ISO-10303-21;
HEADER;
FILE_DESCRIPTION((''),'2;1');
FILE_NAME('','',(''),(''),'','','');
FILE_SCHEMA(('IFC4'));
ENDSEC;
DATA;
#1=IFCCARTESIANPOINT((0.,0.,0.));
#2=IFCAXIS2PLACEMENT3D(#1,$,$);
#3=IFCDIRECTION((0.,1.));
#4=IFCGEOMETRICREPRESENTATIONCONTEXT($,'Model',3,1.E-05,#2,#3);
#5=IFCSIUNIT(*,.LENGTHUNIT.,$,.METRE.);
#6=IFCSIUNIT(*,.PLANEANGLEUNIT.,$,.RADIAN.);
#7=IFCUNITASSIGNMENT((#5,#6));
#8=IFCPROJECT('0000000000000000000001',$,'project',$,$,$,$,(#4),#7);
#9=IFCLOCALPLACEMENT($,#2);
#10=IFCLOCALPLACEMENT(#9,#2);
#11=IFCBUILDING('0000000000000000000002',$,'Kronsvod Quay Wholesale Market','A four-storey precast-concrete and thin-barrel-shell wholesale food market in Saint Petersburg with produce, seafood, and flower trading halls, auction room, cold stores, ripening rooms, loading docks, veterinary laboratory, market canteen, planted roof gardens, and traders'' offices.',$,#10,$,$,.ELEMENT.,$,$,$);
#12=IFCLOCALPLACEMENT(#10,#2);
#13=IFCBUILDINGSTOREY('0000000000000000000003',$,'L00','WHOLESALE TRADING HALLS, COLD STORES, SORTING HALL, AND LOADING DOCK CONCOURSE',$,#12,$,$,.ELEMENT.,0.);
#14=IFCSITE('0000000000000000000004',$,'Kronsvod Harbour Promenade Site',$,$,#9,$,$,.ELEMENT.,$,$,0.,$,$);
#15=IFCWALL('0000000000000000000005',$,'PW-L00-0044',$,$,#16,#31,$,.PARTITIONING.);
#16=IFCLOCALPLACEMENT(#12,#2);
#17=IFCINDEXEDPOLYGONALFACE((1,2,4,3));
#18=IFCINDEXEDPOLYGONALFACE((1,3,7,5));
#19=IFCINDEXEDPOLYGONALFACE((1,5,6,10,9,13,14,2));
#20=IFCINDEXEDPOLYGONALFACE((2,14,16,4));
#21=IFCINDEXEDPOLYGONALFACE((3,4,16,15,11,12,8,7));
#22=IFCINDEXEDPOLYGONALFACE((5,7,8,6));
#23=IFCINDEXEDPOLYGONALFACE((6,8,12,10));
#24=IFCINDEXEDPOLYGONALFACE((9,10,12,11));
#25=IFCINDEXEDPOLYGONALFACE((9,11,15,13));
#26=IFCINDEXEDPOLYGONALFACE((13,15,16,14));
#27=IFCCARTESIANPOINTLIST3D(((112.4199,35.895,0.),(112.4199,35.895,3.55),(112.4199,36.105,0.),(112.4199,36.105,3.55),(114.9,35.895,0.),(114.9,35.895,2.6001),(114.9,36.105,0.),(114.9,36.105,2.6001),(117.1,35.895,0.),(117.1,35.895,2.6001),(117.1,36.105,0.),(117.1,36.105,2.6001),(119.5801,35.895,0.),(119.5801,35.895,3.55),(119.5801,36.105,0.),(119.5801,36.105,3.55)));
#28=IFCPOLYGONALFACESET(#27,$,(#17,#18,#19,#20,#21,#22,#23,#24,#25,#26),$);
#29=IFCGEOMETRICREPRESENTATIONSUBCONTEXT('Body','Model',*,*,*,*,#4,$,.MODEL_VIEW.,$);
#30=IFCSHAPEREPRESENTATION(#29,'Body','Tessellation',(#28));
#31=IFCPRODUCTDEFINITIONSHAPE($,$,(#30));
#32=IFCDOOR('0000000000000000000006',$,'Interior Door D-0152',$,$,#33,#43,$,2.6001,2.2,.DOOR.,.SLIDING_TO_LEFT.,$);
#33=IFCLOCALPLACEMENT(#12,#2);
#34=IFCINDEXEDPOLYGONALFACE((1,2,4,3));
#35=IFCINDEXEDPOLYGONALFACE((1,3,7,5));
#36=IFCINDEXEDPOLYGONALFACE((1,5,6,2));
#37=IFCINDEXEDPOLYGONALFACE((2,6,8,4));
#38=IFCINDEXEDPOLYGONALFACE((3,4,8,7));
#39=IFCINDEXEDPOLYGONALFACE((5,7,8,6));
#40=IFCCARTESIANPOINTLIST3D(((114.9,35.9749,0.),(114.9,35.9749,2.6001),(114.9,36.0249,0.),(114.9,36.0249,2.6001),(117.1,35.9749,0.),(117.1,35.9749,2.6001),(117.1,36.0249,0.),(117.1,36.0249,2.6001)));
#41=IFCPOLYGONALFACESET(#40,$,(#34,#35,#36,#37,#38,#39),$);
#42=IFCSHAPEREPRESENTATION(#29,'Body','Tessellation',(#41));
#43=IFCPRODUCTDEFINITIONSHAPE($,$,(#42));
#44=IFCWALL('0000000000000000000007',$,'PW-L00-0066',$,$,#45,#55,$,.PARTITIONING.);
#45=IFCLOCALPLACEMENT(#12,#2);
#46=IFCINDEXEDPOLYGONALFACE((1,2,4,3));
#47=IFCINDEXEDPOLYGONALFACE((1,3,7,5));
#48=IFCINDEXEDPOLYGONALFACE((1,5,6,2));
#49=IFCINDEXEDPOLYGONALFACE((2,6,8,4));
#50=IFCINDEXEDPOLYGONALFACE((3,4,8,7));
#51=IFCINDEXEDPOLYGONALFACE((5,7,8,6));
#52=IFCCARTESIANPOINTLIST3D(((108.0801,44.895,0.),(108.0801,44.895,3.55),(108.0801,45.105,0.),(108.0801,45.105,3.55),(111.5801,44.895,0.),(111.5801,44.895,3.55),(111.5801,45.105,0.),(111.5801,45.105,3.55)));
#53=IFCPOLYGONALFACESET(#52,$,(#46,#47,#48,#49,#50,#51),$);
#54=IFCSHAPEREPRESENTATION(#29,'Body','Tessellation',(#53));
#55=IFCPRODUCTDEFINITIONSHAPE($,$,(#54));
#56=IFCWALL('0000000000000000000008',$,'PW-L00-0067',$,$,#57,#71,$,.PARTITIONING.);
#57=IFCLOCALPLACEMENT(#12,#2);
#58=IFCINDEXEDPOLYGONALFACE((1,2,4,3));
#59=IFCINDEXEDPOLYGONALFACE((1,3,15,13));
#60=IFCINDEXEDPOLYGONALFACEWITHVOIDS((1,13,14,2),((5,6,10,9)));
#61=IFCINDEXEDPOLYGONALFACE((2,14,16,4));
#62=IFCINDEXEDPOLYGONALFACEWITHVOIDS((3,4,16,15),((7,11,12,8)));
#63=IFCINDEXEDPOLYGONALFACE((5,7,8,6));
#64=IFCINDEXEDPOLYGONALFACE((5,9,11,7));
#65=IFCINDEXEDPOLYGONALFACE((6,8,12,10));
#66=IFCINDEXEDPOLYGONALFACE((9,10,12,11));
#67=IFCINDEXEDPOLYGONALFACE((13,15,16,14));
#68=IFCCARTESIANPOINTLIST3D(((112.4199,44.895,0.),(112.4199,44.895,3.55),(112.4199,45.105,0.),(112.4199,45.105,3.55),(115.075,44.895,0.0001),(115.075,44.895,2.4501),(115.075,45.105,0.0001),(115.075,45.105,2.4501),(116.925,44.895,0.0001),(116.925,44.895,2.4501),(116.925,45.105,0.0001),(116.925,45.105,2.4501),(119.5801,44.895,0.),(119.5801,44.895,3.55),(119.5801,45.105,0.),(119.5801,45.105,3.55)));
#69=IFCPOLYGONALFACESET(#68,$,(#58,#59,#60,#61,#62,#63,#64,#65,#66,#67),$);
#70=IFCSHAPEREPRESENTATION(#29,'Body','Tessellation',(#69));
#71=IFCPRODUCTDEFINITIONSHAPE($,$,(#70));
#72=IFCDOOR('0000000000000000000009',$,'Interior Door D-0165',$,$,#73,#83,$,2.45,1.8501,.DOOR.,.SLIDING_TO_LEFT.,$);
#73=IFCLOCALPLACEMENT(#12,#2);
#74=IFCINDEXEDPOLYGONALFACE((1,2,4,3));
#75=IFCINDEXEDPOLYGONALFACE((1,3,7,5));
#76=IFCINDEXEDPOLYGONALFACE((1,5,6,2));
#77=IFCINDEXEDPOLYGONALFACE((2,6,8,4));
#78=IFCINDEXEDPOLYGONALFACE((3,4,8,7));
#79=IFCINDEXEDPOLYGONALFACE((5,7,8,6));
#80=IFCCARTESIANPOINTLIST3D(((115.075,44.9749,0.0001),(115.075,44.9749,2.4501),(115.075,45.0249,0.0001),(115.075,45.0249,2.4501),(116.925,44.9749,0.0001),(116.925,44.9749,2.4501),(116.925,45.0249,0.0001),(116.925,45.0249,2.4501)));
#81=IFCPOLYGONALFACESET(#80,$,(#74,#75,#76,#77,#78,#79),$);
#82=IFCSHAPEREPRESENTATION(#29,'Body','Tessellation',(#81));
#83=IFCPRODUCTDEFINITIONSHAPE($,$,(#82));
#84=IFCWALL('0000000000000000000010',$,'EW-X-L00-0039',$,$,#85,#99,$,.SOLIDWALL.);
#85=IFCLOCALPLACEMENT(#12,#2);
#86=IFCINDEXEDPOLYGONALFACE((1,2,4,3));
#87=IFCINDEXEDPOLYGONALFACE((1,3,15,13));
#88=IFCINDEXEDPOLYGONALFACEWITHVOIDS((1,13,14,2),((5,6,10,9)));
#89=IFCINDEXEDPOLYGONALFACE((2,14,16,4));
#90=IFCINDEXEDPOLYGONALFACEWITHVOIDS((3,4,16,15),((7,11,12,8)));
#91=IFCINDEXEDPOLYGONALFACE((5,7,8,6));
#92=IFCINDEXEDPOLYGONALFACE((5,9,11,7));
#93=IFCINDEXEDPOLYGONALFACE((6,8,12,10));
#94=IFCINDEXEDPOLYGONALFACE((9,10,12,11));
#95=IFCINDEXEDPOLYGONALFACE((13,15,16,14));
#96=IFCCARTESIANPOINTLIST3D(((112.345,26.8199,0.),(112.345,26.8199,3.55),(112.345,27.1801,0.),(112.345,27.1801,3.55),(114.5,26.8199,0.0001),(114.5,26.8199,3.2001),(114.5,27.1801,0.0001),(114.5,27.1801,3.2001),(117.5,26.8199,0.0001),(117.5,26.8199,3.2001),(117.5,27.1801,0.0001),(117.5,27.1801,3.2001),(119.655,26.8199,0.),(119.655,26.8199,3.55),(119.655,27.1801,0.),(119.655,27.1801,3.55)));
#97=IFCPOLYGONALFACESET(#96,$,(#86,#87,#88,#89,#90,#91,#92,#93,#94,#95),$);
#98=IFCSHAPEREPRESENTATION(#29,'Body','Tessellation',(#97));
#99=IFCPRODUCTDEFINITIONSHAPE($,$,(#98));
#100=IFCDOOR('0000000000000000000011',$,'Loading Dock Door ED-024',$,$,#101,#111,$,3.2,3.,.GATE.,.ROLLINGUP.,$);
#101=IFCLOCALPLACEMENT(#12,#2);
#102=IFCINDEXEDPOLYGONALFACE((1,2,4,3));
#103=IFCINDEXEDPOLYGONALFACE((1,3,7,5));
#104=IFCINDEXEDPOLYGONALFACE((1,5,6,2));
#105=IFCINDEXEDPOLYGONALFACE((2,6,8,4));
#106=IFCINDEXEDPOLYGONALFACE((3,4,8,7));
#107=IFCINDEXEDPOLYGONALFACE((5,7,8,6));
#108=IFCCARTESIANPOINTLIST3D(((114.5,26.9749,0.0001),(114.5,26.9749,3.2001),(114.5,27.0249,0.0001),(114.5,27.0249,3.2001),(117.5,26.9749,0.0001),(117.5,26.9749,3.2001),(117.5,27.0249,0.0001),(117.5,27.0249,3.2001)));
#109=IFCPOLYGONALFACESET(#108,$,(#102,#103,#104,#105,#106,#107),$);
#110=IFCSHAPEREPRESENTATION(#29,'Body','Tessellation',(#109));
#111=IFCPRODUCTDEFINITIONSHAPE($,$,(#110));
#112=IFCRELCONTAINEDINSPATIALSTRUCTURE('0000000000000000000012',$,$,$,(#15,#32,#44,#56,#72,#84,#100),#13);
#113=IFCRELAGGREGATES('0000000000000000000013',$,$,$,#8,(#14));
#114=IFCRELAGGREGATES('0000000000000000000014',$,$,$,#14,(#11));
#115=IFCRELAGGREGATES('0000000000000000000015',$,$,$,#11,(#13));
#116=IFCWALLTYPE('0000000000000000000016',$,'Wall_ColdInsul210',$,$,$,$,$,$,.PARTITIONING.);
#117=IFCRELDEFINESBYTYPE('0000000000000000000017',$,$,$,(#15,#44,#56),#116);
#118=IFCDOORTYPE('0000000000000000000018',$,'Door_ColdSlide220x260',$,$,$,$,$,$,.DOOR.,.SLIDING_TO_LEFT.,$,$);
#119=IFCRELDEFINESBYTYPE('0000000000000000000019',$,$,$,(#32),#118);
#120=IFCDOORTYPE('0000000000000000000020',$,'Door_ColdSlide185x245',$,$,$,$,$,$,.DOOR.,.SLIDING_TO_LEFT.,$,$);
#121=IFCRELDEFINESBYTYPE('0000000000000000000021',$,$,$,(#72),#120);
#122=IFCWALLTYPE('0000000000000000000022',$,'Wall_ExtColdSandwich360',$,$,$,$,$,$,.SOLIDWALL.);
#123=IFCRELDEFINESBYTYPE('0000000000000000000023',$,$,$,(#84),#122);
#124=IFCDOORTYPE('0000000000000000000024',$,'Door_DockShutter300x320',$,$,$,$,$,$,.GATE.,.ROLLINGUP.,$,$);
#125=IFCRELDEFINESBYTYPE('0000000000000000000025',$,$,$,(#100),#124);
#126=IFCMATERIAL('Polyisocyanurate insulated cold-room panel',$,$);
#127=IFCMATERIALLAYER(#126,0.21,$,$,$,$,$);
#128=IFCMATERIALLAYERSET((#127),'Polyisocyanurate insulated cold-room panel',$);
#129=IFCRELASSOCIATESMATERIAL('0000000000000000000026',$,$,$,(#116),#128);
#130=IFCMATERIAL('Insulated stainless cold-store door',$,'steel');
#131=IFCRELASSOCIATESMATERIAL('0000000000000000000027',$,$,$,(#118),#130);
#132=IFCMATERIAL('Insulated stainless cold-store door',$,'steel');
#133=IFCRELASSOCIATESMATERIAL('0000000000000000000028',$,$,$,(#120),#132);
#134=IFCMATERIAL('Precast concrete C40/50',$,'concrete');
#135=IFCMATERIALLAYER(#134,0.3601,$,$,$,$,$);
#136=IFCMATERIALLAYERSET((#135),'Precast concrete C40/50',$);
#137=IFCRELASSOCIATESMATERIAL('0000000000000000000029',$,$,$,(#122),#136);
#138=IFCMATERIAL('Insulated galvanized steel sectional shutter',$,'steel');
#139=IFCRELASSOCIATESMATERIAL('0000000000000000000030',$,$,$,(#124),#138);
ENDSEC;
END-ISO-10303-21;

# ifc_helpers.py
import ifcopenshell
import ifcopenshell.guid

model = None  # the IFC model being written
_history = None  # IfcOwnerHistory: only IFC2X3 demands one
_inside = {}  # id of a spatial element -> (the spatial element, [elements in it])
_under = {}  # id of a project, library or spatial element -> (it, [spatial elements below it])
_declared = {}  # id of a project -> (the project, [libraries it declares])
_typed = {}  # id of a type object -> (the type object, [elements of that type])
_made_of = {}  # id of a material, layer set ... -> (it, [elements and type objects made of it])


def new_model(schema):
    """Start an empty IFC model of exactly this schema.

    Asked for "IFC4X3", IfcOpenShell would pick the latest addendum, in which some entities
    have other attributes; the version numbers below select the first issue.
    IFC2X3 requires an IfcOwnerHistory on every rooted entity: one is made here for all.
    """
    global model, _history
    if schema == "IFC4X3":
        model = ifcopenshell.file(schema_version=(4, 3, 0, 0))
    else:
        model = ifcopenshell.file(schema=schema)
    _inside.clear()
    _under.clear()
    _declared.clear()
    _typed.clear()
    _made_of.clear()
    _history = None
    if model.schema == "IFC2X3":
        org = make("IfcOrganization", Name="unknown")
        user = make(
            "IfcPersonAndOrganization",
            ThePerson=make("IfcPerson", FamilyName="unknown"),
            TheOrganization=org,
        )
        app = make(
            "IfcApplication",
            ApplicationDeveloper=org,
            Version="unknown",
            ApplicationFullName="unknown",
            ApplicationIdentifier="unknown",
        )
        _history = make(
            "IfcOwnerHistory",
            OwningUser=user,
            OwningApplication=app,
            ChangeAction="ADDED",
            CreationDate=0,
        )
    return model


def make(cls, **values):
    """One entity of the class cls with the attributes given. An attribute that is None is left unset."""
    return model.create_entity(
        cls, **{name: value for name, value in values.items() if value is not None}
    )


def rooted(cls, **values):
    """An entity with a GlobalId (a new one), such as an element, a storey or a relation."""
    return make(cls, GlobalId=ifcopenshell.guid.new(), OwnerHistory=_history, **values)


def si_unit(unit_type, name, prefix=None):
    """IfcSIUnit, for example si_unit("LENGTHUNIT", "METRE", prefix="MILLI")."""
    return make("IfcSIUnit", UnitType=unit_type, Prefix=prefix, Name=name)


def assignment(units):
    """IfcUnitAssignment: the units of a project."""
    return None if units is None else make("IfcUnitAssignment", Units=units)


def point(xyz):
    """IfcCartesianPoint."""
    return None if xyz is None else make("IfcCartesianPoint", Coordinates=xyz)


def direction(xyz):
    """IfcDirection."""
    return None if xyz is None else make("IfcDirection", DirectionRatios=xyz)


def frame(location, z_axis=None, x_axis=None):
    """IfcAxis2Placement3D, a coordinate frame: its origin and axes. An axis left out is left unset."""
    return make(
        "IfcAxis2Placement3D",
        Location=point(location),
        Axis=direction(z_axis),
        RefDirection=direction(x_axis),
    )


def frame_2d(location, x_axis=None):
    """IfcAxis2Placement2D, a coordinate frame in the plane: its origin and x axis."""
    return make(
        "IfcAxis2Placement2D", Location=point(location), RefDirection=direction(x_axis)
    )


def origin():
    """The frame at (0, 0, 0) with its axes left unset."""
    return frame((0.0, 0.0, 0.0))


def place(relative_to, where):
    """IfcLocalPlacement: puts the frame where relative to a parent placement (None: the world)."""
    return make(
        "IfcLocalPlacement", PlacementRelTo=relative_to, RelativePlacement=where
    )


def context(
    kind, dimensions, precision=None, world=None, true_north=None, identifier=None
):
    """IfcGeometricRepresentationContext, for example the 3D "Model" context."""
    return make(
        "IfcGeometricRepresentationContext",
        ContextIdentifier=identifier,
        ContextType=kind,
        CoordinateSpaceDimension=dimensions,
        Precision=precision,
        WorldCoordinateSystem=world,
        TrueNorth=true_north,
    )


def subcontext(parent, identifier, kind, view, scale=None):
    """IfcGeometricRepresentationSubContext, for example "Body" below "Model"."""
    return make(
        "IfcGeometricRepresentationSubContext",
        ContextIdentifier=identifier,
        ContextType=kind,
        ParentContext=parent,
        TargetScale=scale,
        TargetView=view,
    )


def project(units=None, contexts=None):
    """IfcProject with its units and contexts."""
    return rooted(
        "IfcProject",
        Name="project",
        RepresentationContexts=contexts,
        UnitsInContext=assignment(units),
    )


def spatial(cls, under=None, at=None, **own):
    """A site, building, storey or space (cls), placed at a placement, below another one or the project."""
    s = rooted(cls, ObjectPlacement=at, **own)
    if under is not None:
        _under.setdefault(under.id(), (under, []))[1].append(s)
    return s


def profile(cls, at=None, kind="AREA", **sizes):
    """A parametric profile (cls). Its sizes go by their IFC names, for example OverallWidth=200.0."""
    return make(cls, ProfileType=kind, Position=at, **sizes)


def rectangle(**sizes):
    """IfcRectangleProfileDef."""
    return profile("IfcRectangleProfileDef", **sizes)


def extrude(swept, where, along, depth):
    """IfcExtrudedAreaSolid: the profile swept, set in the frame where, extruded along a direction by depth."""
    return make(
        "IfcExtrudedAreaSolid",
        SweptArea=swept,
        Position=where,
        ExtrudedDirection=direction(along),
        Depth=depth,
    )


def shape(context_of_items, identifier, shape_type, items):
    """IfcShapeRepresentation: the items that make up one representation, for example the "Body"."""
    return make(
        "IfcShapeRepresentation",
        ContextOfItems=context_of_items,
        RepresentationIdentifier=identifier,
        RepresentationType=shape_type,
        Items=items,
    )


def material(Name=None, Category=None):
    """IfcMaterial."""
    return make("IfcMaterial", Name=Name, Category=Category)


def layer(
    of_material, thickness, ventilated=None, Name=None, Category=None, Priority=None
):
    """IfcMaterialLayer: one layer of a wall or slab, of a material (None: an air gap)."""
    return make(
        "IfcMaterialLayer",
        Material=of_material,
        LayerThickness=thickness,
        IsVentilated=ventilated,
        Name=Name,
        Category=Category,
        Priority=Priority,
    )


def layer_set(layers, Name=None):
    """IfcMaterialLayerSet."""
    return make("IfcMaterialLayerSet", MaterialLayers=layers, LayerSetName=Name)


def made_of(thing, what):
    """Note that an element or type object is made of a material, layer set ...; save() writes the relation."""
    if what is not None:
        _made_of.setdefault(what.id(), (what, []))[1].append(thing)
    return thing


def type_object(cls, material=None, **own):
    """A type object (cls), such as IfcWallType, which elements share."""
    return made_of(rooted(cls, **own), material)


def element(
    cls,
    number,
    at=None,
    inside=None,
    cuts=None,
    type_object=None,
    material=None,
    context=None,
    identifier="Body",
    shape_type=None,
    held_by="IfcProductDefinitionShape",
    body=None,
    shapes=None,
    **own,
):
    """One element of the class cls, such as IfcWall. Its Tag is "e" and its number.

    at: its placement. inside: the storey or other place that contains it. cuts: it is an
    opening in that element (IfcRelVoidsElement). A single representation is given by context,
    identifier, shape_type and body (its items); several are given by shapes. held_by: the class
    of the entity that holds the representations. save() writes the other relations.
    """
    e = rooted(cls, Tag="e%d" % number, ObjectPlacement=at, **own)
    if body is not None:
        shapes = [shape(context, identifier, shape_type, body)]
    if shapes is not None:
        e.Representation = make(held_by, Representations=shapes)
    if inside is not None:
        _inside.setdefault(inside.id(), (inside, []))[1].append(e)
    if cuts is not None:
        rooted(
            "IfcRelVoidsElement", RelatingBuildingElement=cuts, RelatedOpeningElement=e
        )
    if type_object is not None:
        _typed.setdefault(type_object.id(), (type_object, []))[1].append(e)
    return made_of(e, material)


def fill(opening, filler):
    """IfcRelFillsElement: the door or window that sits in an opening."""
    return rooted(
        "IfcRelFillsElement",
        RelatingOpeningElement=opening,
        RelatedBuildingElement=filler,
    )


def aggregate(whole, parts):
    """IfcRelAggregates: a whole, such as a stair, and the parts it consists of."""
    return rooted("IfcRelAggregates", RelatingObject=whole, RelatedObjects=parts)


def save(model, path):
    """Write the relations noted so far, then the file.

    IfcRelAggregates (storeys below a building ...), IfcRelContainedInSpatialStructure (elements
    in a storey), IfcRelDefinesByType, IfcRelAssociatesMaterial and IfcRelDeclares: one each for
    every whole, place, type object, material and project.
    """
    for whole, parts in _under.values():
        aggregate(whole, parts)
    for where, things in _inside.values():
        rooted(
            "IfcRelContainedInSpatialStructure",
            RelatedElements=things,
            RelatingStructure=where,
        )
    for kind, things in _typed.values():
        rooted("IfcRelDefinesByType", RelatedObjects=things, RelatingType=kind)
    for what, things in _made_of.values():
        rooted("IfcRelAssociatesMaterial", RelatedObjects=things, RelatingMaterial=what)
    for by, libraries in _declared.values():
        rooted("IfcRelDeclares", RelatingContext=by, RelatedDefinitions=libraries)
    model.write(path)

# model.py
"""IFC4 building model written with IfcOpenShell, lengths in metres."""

from ifc_helpers import new_model, si_unit, direction, frame, frame_2d, origin, place, context, subcontext, project, spatial, rectangle, extrude, material, layer, layer_set, type_object, element, fill, save


model = new_model("IFC4")

# Units and contexts
model_context = context("Model", 3, precision=1e-05, world=origin(), true_north=direction((0.0, 1.0)))
body_context = subcontext(model_context, "Body", "Model", "MODEL_VIEW")
ifc_project = project(units=[si_unit("LENGTHUNIT", "METRE"), si_unit("PLANEANGLEUNIT", "RADIAN")], contexts=[model_context])

# Site, building, storey
site_placement = place(None, origin())
site = spatial("IfcSite", under=ifc_project, at=site_placement, Name="Kronsvod Harbour Promenade Site", CompositionType="ELEMENT", RefElevation=0.0)
building_placement = place(site_placement, origin())
building = spatial("IfcBuilding", under=site, at=building_placement, Name="Kronsvod Quay Wholesale Market", Description="A four-storey precast-concrete and thin-barrel-shell wholesale food market in Saint Petersburg with produce, seafood, and flower trading halls, auction room, cold stores, ripening rooms, loading docks, veterinary laboratory, market canteen, planted roof gardens, and traders' offices.", CompositionType="ELEMENT")
storey_placement = place(building_placement, origin())
storey = spatial("IfcBuildingStorey", under=building, at=storey_placement, Name="L00", Description="WHOLESALE TRADING HALLS, COLD STORES, SORTING HALL, AND LOADING DOCK CONCOURSE", CompositionType="ELEMENT", Elevation=0.0)

# Shared definitions
ifc_material_1 = material(Name="Polyisocyanurate insulated cold-room panel")
ifc_layer_1 = layer(ifc_material_1, 0.21)
ifc_layer_set_1 = layer_set([ifc_layer_1], Name="Polyisocyanurate insulated cold-room panel")
wall_type_1 = type_object("IfcWallType", Name="Wall_ColdInsul210", PredefinedType="PARTITIONING", material=ifc_layer_set_1)

# Wall, opening, door
wall_1_placement = place(storey_placement, frame((112.4199, 36.0, 0.0), z_axis=(0.0, 0.0, 1.0), x_axis=(1.0, 0.0, 0.0)))
wall_1 = element("IfcWall", 1, at=wall_1_placement, inside=storey, type_object=wall_type_1, Name="PW-L00-0044", PredefinedType="PARTITIONING", context=body_context, shape_type="SweptSolid", body=[
    extrude(rectangle(XDim=7.1602, YDim=0.21, at=frame_2d((3.5801, 0.0))), origin(), (0.0, 0.0, 1.0), 3.55),
])
opening_1_placement = place(wall_1_placement, frame((2.48, 0.0, 0.0)))
opening_1 = element("IfcOpeningElement", 2, at=opening_1_placement, cuts=wall_1, PredefinedType="OPENING", context=body_context, shape_type="SweptSolid", body=[
    extrude(rectangle(XDim=2.2, YDim=2.6001, at=frame_2d((1.1001, 1.3))), frame((0.0, 0.115, 0.0), z_axis=(0.0, -1.0, 0.0), x_axis=(1.0, 0.0, 0.0)), (0.0, 0.0, 1.0), 0.23),
])
ifc_material_2 = material(Name="Insulated stainless cold-store door", Category="steel")
door_type_1 = type_object("IfcDoorType", Name="Door_ColdSlide220x260", OperationType="SLIDING_TO_LEFT", PredefinedType="DOOR", material=ifc_material_2)
door_1_placement = place(opening_1_placement, origin())
door_1 = element("IfcDoor", 3, at=door_1_placement, inside=storey, type_object=door_type_1, Name="Interior Door D-0152", OperationType="SLIDING_TO_LEFT", OverallHeight=2.6001, OverallWidth=2.2, PredefinedType="DOOR", context=body_context, shape_type="SweptSolid", body=[
    extrude(rectangle(XDim=2.2, YDim=2.6001, at=frame_2d((1.1001, 1.3))), frame((0.0, 0.0249, 0.0), z_axis=(0.0, -1.0, 0.0), x_axis=(1.0, 0.0, 0.0)), (0.0, 0.0, 1.0), 0.05),
])
fill(opening_1, door_1)

# Wall
wall_2_placement = place(storey_placement, frame((108.0801, 45.0, 0.0), z_axis=(0.0, 0.0, 1.0), x_axis=(1.0, 0.0, 0.0)))
element("IfcWall", 4, at=wall_2_placement, inside=storey, type_object=wall_type_1, Name="PW-L00-0066", PredefinedType="PARTITIONING", context=body_context, shape_type="SweptSolid", body=[
    extrude(rectangle(XDim=3.5, YDim=0.21, at=frame_2d((1.75, 0.0))), origin(), (0.0, 0.0, 1.0), 3.55),
])

# Walls, openings, doors
wall_3_placement = place(storey_placement, frame((112.4199, 45.0, 0.0), z_axis=(0.0, 0.0, 1.0), x_axis=(1.0, 0.0, 0.0)))
wall_3 = element("IfcWall", 5, at=wall_3_placement, inside=storey, type_object=wall_type_1, Name="PW-L00-0067", PredefinedType="PARTITIONING", context=body_context, shape_type="SweptSolid", body=[
    extrude(rectangle(XDim=7.1602, YDim=0.21, at=frame_2d((3.5801, 0.0))), origin(), (0.0, 0.0, 1.0), 3.55),
])
opening_2_placement = place(wall_3_placement, frame((2.655, 0.0, 0.0)))
opening_2 = element("IfcOpeningElement", 6, at=opening_2_placement, cuts=wall_3, PredefinedType="OPENING", context=body_context, shape_type="SweptSolid", body=[
    extrude(rectangle(XDim=1.8501, YDim=2.45, at=frame_2d((0.925, 1.2251))), frame((0.0, 0.115, 0.0), z_axis=(0.0, -1.0, 0.0), x_axis=(1.0, 0.0, 0.0)), (0.0, 0.0, 1.0), 0.23),
])
ifc_material_3 = material(Name="Insulated stainless cold-store door", Category="steel")
door_type_2 = type_object("IfcDoorType", Name="Door_ColdSlide185x245", OperationType="SLIDING_TO_LEFT", PredefinedType="DOOR", material=ifc_material_3)
door_2_placement = place(opening_2_placement, origin())
door_2 = element("IfcDoor", 7, at=door_2_placement, inside=storey, type_object=door_type_2, Name="Interior Door D-0165", OperationType="SLIDING_TO_LEFT", OverallHeight=2.45, OverallWidth=1.8501, PredefinedType="DOOR", context=body_context, shape_type="SweptSolid", body=[
    extrude(rectangle(XDim=1.8501, YDim=2.45, at=frame_2d((0.925, 1.2251))), frame((0.0, 0.0249, 0.0), z_axis=(0.0, -1.0, 0.0), x_axis=(1.0, 0.0, 0.0)), (0.0, 0.0, 1.0), 0.05),
])
fill(opening_2, door_2)
ifc_material_4 = material(Name="Precast concrete C40/50", Category="concrete")
ifc_layer_2 = layer(ifc_material_4, 0.3601)
ifc_layer_set_2 = layer_set([ifc_layer_2], Name="Precast concrete C40/50")
wall_type_2 = type_object("IfcWallType", Name="Wall_ExtColdSandwich360", PredefinedType="SOLIDWALL", material=ifc_layer_set_2)
wall_4_placement = place(storey_placement, frame((112.345, 27.0, 0.0), z_axis=(0.0, 0.0, 1.0), x_axis=(1.0, 0.0, 0.0)))
wall_4 = element("IfcWall", 8, at=wall_4_placement, inside=storey, type_object=wall_type_2, Name="EW-X-L00-0039", PredefinedType="SOLIDWALL", context=body_context, shape_type="SweptSolid", body=[
    extrude(rectangle(XDim=7.3101, YDim=0.3601, at=frame_2d((3.655, 0.0))), origin(), (0.0, 0.0, 1.0), 3.55),
])
opening_3_placement = place(wall_4_placement, frame((2.155, 0.0, 0.0)))
opening_3 = element("IfcOpeningElement", 9, at=opening_3_placement, cuts=wall_4, PredefinedType="OPENING", context=body_context, shape_type="SweptSolid", body=[
    extrude(rectangle(XDim=3.0, YDim=3.2, at=frame_2d((1.5, 1.6001))), frame((0.0, 0.1899, 0.0), z_axis=(0.0, -1.0, 0.0), x_axis=(1.0, 0.0, 0.0)), (0.0, 0.0, 1.0), 0.3801),
])
ifc_material_5 = material(Name="Insulated galvanized steel sectional shutter", Category="steel")
door_type_3 = type_object("IfcDoorType", Name="Door_DockShutter300x320", OperationType="ROLLINGUP", PredefinedType="GATE", material=ifc_material_5)
door_3_placement = place(opening_3_placement, origin())
door_3 = element("IfcDoor", 10, at=door_3_placement, inside=storey, type_object=door_type_3, Name="Loading Dock Door ED-024", OperationType="ROLLINGUP", OverallHeight=3.2, OverallWidth=3.0, PredefinedType="GATE", context=body_context, shape_type="SweptSolid", body=[
    extrude(rectangle(XDim=3.0, YDim=3.2, at=frame_2d((1.5, 1.6001))), frame((0.0, 0.0249, 0.0), z_axis=(0.0, -1.0, 0.0), x_axis=(1.0, 0.0, 0.0)), (0.0, 0.0, 1.0), 0.05),
])
fill(opening_3, door_3)

save(model, "model.ifc")
